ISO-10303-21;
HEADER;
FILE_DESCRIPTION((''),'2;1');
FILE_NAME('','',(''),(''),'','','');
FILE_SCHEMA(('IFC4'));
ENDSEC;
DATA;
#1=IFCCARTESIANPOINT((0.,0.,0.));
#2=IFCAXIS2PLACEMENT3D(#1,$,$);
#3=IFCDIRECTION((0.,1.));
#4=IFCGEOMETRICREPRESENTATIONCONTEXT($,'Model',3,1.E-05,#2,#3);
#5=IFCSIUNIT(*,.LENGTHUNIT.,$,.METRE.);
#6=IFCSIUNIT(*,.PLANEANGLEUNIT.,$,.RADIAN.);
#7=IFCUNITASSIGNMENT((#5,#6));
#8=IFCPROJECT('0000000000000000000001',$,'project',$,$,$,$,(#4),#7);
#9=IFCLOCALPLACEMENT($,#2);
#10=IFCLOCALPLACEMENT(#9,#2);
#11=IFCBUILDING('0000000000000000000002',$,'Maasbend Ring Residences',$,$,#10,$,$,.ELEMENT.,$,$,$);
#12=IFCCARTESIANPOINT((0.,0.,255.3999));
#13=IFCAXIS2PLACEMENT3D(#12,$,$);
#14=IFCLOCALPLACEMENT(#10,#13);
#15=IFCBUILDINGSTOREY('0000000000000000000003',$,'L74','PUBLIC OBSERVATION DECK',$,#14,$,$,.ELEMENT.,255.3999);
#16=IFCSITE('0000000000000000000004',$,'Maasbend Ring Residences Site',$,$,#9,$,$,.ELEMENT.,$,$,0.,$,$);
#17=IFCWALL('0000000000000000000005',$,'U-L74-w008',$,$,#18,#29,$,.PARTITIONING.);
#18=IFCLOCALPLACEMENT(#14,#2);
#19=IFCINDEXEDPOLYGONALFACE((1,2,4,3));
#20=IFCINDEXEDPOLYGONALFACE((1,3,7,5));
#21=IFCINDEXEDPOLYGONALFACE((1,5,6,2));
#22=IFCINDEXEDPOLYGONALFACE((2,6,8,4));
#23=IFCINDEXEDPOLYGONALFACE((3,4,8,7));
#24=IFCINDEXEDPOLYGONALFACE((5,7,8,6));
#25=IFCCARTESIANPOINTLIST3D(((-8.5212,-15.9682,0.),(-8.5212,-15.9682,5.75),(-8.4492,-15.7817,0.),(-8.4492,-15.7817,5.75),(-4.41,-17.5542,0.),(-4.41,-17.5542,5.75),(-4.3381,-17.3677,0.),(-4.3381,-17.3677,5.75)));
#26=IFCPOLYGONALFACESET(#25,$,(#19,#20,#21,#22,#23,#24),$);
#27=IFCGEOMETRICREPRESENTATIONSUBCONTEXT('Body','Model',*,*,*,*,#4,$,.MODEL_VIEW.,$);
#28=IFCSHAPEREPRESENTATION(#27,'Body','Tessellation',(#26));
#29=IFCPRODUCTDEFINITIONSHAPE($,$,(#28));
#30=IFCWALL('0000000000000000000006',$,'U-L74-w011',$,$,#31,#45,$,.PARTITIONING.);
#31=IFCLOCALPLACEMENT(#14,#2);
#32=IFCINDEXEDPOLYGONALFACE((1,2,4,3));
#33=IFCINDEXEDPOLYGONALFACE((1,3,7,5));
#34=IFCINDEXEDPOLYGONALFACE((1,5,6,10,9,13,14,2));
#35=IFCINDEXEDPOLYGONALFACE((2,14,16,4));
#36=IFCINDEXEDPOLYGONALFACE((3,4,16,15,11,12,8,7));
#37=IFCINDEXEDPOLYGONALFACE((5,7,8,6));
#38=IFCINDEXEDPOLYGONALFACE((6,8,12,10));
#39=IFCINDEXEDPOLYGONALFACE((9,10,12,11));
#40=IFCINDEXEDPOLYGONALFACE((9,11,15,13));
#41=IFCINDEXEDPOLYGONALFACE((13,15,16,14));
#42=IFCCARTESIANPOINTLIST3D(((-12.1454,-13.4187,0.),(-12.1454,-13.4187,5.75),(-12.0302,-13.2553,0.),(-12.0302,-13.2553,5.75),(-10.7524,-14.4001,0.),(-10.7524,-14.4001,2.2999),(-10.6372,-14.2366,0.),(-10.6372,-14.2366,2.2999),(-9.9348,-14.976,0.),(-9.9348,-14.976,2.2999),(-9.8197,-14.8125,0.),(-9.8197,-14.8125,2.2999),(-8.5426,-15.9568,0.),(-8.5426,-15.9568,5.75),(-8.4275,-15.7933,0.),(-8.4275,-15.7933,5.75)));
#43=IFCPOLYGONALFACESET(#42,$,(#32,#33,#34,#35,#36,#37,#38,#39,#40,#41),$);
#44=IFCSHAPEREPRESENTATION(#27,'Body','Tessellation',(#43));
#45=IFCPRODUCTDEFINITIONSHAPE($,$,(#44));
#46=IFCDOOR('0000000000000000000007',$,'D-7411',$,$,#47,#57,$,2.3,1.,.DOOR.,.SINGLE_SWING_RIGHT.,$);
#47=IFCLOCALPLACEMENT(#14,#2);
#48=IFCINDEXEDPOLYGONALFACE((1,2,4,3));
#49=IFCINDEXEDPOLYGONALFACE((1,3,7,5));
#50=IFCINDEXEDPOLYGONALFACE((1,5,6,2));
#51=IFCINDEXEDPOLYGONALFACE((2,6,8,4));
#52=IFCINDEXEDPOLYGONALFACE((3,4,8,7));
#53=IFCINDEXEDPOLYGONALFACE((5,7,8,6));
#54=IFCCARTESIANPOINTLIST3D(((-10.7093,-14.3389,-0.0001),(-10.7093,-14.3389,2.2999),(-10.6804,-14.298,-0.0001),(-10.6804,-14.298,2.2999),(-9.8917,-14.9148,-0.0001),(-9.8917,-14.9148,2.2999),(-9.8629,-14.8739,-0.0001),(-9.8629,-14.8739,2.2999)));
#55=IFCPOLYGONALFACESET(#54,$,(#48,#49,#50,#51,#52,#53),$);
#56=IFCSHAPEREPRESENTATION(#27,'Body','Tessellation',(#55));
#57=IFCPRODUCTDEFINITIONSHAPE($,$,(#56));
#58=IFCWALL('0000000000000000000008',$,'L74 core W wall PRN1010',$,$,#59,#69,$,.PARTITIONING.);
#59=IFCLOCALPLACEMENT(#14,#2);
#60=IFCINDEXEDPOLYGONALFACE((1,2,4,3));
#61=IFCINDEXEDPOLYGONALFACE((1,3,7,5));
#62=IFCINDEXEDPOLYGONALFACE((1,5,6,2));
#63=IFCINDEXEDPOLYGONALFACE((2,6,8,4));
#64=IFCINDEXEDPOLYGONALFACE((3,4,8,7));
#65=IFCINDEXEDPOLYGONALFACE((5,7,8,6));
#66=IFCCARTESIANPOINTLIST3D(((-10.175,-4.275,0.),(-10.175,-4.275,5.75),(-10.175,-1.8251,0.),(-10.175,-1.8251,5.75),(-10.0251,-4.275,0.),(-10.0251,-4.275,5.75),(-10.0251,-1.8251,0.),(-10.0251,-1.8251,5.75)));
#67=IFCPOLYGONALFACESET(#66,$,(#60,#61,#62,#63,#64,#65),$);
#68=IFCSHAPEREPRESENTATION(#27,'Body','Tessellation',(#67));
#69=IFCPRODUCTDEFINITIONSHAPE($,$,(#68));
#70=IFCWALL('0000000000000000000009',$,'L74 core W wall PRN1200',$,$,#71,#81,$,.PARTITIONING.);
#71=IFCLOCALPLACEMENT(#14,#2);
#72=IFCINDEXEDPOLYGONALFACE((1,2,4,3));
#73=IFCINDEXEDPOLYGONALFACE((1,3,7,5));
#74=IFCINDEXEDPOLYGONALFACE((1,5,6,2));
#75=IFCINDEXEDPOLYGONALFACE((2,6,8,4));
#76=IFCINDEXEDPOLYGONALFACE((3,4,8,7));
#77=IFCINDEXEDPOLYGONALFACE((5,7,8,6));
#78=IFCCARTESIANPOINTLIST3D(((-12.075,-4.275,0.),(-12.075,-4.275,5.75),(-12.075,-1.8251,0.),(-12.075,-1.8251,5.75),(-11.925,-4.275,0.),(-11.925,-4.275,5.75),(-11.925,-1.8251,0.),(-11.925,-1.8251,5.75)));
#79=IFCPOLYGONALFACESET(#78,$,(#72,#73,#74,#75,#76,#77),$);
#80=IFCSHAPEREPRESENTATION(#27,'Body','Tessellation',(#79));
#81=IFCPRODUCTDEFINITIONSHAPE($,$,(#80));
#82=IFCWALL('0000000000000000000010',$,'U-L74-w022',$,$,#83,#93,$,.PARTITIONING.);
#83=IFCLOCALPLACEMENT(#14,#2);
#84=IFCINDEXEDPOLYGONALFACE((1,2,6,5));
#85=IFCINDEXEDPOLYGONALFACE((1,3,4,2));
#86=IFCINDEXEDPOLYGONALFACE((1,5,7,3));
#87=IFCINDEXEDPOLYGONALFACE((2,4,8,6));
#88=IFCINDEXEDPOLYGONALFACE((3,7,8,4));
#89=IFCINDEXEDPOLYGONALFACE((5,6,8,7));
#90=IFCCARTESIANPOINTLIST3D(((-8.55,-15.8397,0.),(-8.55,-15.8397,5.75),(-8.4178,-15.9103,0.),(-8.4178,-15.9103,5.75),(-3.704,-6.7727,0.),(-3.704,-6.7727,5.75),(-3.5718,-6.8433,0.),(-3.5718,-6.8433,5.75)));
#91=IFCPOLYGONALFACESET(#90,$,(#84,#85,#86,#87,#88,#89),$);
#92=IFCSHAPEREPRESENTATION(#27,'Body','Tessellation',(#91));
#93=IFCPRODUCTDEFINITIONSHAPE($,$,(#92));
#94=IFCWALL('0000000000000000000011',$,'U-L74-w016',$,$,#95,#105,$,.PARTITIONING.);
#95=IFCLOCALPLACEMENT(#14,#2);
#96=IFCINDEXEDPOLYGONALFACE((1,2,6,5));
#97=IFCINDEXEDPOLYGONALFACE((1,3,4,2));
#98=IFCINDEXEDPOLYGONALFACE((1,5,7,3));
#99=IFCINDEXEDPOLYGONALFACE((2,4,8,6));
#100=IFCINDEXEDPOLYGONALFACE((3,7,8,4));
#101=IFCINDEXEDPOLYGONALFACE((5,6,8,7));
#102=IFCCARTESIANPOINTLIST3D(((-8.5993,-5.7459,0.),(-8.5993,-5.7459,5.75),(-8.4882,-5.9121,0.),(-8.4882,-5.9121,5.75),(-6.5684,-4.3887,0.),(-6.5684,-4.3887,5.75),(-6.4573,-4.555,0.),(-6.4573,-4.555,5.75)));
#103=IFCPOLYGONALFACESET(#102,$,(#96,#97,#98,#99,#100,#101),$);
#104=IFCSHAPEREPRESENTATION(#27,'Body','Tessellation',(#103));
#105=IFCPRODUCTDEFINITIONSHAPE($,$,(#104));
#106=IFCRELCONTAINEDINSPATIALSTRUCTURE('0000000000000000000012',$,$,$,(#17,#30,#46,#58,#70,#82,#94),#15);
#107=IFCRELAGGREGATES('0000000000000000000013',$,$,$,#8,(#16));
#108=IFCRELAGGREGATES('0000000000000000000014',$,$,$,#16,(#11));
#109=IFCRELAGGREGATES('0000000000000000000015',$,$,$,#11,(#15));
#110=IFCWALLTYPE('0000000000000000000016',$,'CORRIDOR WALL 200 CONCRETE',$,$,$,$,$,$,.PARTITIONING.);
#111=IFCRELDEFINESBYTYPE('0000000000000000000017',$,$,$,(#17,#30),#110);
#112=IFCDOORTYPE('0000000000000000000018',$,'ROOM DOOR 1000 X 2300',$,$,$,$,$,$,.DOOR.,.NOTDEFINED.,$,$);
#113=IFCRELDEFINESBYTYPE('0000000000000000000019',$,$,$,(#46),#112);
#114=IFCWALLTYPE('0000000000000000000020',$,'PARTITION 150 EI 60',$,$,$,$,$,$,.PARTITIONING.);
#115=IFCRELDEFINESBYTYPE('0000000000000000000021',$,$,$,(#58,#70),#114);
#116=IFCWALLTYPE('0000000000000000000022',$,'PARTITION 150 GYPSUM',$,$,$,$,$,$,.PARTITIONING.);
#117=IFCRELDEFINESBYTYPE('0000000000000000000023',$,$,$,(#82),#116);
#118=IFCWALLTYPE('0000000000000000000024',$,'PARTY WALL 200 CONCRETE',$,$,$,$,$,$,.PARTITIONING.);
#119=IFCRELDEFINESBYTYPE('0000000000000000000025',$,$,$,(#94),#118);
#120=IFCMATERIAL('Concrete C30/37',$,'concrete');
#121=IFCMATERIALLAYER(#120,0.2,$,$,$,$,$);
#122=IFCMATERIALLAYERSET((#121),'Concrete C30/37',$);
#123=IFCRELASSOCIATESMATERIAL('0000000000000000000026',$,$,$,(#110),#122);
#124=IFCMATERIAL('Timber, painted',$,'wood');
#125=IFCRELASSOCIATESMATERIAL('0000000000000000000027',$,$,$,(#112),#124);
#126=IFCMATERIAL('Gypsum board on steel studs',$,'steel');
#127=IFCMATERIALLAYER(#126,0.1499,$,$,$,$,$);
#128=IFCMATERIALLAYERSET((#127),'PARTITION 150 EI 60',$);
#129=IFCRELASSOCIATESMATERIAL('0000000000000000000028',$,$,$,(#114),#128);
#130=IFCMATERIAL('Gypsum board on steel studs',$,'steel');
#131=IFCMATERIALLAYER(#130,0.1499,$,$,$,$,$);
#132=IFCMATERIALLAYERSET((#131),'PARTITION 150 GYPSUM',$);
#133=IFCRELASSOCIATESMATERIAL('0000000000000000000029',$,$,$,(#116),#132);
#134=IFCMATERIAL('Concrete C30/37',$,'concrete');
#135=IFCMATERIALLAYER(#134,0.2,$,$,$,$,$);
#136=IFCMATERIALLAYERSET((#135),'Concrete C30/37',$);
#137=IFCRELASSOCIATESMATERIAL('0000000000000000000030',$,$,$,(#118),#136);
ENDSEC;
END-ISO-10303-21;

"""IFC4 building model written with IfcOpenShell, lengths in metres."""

from ifc_helpers import new_model, si_unit, direction, frame, frame_2d, origin, place, context, subcontext, project, spatial, rectangle, extrude, material, layer, layer_set, type_object, element, fill, save


model = new_model("IFC4")

# Units and contexts
model_context = context("Model", 3, precision=1e-05, world=origin(), true_north=direction((0.0, 1.0)))
body_context = subcontext(model_context, "Body", "Model", "MODEL_VIEW")
ifc_project = project(units=[si_unit("LENGTHUNIT", "METRE"), si_unit("PLANEANGLEUNIT", "RADIAN")], contexts=[model_context])

# Site, building, storey
site_placement = place(None, origin())
site = spatial("IfcSite", under=ifc_project, at=site_placement, Name="Maasbend Ring Residences Site", CompositionType="ELEMENT", RefElevation=0.0)
building_placement = place(site_placement, origin())
building = spatial("IfcBuilding", under=site, at=building_placement, Name="Maasbend Ring Residences", CompositionType="ELEMENT")
storey_placement = place(building_placement, frame((0.0, 0.0, 255.3999)))
storey = spatial("IfcBuildingStorey", under=building, at=storey_placement, Name="L74", Description="PUBLIC OBSERVATION DECK", CompositionType="ELEMENT", Elevation=255.3999)

# Wall
ifc_material_1 = material(Name="Concrete C30/37", Category="concrete")
ifc_layer_1 = layer(ifc_material_1, 0.2)
ifc_layer_set_1 = layer_set([ifc_layer_1], Name="Concrete C30/37")
wall_type_1 = type_object("IfcWallType", Name="CORRIDOR WALL 200 CONCRETE", PredefinedType="PARTITIONING", material=ifc_layer_set_1)
wall_1_placement = place(storey_placement, frame((-8.4851, -15.875, 0.0), z_axis=(0.0, 0.0, 1.0), x_axis=(0.932984, -0.359918, 0.0)))
element("IfcWall", 1, at=wall_1_placement, inside=storey, type_object=wall_type_1, Name="U-L74-w008", PredefinedType="PARTITIONING", context=body_context, shape_type="SweptSolid", body=[
    extrude(rectangle(XDim=4.4065, YDim=0.2, at=frame_2d((2.2031, 0.0))), origin(), (0.0, 0.0, 1.0), 5.75),
])

# Wall, opening, door
wall_2_placement = place(storey_placement, frame((-12.0879, -13.3369, 0.0), z_axis=(0.0, 0.0, 1.0), x_axis=(0.817508, -0.575917, 0.0)))
wall_2 = element("IfcWall", 2, at=wall_2_placement, inside=storey, type_object=wall_type_1, Name="U-L74-w011", PredefinedType="PARTITIONING", context=body_context, shape_type="SweptSolid", body=[
    extrude(rectangle(XDim=4.407, YDim=0.2, at=frame_2d((2.2036, 0.0))), origin(), (0.0, 0.0, 1.0), 5.75),
])
opening_1_placement = place(wall_2_placement, frame((1.7041, 0.0, 0.0)))
opening_1 = element("IfcOpeningElement", 3, at=opening_1_placement, cuts=wall_2, PredefinedType="OPENING", context=body_context, shape_type="SweptSolid", body=[
    extrude(rectangle(XDim=1.0, YDim=2.3, at=frame_2d((0.5, 1.1499))), frame((0.0, 0.1099, 0.0), z_axis=(0.0, -1.0, 0.0), x_axis=(1.0, 0.0, 0.0)), (0.0, 0.0, 1.0), 0.22),
])
ifc_material_2 = material(Name="Timber, painted", Category="wood")
door_type_1 = type_object("IfcDoorType", Name="ROOM DOOR 1000 X 2300", OperationType="NOTDEFINED", PredefinedType="DOOR", material=ifc_material_2)
door_1_placement = place(opening_1_placement, origin())
door_1 = element("IfcDoor", 4, at=door_1_placement, inside=storey, type_object=door_type_1, Name="D-7411", OperationType="SINGLE_SWING_RIGHT", OverallHeight=2.3, OverallWidth=1.0, PredefinedType="DOOR", context=body_context, shape_type="SweptSolid", body=[
    extrude(rectangle(XDim=1.0, YDim=2.3, at=frame_2d((0.5, 1.1499))), frame((0.0, 0.0249, 0.0), z_axis=(0.0, -1.0, 0.0), x_axis=(1.0, 0.0, 0.0)), (0.0, 0.0, 1.0), 0.05),
])
fill(opening_1, door_1)

# Walls
ifc_material_3 = material(Name="Gypsum board on steel studs", Category="steel")
ifc_layer_2 = layer(ifc_material_3, 0.1499)
ifc_layer_set_2 = layer_set([ifc_layer_2], Name="PARTITION 150 EI 60")
wall_type_2 = type_object("IfcWallType", Name="PARTITION 150 EI 60", PredefinedType="PARTITIONING", material=ifc_layer_set_2)
for number, where, z_axis, x_axis, name in (
    (5, (-10.1001, -1.825, 0.0), (0.0, 0.0, 1.0), (0.0, -1.0, 0.0), "L74 core W wall PRN1010"),
    (6, (-12.0, -1.825, 0.0), (0.0, 0.0, 1.0), (0.0, -1.0, 0.0), "L74 core W wall PRN1200"),
):
    element("IfcWall", number, at=place(storey_placement, frame(where, z_axis=z_axis, x_axis=x_axis)), inside=storey, type_object=wall_type_2, Name=name, PredefinedType="PARTITIONING", context=body_context, shape_type="SweptSolid", body=[
        extrude(rectangle(XDim=2.45, YDim=0.1499, at=frame_2d((1.2251, 0.0))), origin(), (0.0, 0.0, 1.0), 5.75),
    ])
ifc_material_4 = material(Name="Gypsum board on steel studs", Category="steel")
ifc_layer_3 = layer(ifc_material_4, 0.1499)
ifc_layer_set_3 = layer_set([ifc_layer_3], Name="PARTITION 150 GYPSUM")
wall_type_3 = type_object("IfcWallType", Name="PARTITION 150 GYPSUM", PredefinedType="PARTITIONING", material=ifc_layer_set_3)
wall_3_placement = place(storey_placement, frame((-8.4839, -15.875, 0.0), z_axis=(0.0, 0.0, 1.0), x_axis=(0.471366, 0.881938, 0.0)))
element("IfcWall", 7, at=wall_3_placement, inside=storey, type_object=wall_type_3, Name="U-L74-w022", PredefinedType="PARTITIONING", context=body_context, shape_type="SweptSolid", body=[
    extrude(rectangle(XDim=10.2808, YDim=0.1499, at=frame_2d((5.1404, 0.0))), origin(), (0.0, 0.0, 1.0), 5.75),
])
ifc_material_5 = material(Name="Concrete C30/37", Category="concrete")
ifc_layer_4 = layer(ifc_material_5, 0.2)
ifc_layer_set_4 = layer_set([ifc_layer_4], Name="Concrete C30/37")
wall_type_4 = type_object("IfcWallType", Name="PARTY WALL 200 CONCRETE", PredefinedType="PARTITIONING", material=ifc_layer_set_4)
wall_4_placement = place(storey_placement, frame((-6.5129, -4.4719, 0.0), z_axis=(0.0, 0.0, 1.0), x_axis=(-0.83145, -0.555599, 0.0)))
element("IfcWall", 8, at=wall_4_placement, inside=storey, type_object=wall_type_4, Name="U-L74-w016", PredefinedType="PARTITIONING", context=body_context, shape_type="SweptSolid", body=[
    extrude(rectangle(XDim=2.4426, YDim=0.2, at=frame_2d((1.2212, 0.0))), origin(), (0.0, 0.0, 1.0), 5.75),
])

save(model, "model.ifc")
